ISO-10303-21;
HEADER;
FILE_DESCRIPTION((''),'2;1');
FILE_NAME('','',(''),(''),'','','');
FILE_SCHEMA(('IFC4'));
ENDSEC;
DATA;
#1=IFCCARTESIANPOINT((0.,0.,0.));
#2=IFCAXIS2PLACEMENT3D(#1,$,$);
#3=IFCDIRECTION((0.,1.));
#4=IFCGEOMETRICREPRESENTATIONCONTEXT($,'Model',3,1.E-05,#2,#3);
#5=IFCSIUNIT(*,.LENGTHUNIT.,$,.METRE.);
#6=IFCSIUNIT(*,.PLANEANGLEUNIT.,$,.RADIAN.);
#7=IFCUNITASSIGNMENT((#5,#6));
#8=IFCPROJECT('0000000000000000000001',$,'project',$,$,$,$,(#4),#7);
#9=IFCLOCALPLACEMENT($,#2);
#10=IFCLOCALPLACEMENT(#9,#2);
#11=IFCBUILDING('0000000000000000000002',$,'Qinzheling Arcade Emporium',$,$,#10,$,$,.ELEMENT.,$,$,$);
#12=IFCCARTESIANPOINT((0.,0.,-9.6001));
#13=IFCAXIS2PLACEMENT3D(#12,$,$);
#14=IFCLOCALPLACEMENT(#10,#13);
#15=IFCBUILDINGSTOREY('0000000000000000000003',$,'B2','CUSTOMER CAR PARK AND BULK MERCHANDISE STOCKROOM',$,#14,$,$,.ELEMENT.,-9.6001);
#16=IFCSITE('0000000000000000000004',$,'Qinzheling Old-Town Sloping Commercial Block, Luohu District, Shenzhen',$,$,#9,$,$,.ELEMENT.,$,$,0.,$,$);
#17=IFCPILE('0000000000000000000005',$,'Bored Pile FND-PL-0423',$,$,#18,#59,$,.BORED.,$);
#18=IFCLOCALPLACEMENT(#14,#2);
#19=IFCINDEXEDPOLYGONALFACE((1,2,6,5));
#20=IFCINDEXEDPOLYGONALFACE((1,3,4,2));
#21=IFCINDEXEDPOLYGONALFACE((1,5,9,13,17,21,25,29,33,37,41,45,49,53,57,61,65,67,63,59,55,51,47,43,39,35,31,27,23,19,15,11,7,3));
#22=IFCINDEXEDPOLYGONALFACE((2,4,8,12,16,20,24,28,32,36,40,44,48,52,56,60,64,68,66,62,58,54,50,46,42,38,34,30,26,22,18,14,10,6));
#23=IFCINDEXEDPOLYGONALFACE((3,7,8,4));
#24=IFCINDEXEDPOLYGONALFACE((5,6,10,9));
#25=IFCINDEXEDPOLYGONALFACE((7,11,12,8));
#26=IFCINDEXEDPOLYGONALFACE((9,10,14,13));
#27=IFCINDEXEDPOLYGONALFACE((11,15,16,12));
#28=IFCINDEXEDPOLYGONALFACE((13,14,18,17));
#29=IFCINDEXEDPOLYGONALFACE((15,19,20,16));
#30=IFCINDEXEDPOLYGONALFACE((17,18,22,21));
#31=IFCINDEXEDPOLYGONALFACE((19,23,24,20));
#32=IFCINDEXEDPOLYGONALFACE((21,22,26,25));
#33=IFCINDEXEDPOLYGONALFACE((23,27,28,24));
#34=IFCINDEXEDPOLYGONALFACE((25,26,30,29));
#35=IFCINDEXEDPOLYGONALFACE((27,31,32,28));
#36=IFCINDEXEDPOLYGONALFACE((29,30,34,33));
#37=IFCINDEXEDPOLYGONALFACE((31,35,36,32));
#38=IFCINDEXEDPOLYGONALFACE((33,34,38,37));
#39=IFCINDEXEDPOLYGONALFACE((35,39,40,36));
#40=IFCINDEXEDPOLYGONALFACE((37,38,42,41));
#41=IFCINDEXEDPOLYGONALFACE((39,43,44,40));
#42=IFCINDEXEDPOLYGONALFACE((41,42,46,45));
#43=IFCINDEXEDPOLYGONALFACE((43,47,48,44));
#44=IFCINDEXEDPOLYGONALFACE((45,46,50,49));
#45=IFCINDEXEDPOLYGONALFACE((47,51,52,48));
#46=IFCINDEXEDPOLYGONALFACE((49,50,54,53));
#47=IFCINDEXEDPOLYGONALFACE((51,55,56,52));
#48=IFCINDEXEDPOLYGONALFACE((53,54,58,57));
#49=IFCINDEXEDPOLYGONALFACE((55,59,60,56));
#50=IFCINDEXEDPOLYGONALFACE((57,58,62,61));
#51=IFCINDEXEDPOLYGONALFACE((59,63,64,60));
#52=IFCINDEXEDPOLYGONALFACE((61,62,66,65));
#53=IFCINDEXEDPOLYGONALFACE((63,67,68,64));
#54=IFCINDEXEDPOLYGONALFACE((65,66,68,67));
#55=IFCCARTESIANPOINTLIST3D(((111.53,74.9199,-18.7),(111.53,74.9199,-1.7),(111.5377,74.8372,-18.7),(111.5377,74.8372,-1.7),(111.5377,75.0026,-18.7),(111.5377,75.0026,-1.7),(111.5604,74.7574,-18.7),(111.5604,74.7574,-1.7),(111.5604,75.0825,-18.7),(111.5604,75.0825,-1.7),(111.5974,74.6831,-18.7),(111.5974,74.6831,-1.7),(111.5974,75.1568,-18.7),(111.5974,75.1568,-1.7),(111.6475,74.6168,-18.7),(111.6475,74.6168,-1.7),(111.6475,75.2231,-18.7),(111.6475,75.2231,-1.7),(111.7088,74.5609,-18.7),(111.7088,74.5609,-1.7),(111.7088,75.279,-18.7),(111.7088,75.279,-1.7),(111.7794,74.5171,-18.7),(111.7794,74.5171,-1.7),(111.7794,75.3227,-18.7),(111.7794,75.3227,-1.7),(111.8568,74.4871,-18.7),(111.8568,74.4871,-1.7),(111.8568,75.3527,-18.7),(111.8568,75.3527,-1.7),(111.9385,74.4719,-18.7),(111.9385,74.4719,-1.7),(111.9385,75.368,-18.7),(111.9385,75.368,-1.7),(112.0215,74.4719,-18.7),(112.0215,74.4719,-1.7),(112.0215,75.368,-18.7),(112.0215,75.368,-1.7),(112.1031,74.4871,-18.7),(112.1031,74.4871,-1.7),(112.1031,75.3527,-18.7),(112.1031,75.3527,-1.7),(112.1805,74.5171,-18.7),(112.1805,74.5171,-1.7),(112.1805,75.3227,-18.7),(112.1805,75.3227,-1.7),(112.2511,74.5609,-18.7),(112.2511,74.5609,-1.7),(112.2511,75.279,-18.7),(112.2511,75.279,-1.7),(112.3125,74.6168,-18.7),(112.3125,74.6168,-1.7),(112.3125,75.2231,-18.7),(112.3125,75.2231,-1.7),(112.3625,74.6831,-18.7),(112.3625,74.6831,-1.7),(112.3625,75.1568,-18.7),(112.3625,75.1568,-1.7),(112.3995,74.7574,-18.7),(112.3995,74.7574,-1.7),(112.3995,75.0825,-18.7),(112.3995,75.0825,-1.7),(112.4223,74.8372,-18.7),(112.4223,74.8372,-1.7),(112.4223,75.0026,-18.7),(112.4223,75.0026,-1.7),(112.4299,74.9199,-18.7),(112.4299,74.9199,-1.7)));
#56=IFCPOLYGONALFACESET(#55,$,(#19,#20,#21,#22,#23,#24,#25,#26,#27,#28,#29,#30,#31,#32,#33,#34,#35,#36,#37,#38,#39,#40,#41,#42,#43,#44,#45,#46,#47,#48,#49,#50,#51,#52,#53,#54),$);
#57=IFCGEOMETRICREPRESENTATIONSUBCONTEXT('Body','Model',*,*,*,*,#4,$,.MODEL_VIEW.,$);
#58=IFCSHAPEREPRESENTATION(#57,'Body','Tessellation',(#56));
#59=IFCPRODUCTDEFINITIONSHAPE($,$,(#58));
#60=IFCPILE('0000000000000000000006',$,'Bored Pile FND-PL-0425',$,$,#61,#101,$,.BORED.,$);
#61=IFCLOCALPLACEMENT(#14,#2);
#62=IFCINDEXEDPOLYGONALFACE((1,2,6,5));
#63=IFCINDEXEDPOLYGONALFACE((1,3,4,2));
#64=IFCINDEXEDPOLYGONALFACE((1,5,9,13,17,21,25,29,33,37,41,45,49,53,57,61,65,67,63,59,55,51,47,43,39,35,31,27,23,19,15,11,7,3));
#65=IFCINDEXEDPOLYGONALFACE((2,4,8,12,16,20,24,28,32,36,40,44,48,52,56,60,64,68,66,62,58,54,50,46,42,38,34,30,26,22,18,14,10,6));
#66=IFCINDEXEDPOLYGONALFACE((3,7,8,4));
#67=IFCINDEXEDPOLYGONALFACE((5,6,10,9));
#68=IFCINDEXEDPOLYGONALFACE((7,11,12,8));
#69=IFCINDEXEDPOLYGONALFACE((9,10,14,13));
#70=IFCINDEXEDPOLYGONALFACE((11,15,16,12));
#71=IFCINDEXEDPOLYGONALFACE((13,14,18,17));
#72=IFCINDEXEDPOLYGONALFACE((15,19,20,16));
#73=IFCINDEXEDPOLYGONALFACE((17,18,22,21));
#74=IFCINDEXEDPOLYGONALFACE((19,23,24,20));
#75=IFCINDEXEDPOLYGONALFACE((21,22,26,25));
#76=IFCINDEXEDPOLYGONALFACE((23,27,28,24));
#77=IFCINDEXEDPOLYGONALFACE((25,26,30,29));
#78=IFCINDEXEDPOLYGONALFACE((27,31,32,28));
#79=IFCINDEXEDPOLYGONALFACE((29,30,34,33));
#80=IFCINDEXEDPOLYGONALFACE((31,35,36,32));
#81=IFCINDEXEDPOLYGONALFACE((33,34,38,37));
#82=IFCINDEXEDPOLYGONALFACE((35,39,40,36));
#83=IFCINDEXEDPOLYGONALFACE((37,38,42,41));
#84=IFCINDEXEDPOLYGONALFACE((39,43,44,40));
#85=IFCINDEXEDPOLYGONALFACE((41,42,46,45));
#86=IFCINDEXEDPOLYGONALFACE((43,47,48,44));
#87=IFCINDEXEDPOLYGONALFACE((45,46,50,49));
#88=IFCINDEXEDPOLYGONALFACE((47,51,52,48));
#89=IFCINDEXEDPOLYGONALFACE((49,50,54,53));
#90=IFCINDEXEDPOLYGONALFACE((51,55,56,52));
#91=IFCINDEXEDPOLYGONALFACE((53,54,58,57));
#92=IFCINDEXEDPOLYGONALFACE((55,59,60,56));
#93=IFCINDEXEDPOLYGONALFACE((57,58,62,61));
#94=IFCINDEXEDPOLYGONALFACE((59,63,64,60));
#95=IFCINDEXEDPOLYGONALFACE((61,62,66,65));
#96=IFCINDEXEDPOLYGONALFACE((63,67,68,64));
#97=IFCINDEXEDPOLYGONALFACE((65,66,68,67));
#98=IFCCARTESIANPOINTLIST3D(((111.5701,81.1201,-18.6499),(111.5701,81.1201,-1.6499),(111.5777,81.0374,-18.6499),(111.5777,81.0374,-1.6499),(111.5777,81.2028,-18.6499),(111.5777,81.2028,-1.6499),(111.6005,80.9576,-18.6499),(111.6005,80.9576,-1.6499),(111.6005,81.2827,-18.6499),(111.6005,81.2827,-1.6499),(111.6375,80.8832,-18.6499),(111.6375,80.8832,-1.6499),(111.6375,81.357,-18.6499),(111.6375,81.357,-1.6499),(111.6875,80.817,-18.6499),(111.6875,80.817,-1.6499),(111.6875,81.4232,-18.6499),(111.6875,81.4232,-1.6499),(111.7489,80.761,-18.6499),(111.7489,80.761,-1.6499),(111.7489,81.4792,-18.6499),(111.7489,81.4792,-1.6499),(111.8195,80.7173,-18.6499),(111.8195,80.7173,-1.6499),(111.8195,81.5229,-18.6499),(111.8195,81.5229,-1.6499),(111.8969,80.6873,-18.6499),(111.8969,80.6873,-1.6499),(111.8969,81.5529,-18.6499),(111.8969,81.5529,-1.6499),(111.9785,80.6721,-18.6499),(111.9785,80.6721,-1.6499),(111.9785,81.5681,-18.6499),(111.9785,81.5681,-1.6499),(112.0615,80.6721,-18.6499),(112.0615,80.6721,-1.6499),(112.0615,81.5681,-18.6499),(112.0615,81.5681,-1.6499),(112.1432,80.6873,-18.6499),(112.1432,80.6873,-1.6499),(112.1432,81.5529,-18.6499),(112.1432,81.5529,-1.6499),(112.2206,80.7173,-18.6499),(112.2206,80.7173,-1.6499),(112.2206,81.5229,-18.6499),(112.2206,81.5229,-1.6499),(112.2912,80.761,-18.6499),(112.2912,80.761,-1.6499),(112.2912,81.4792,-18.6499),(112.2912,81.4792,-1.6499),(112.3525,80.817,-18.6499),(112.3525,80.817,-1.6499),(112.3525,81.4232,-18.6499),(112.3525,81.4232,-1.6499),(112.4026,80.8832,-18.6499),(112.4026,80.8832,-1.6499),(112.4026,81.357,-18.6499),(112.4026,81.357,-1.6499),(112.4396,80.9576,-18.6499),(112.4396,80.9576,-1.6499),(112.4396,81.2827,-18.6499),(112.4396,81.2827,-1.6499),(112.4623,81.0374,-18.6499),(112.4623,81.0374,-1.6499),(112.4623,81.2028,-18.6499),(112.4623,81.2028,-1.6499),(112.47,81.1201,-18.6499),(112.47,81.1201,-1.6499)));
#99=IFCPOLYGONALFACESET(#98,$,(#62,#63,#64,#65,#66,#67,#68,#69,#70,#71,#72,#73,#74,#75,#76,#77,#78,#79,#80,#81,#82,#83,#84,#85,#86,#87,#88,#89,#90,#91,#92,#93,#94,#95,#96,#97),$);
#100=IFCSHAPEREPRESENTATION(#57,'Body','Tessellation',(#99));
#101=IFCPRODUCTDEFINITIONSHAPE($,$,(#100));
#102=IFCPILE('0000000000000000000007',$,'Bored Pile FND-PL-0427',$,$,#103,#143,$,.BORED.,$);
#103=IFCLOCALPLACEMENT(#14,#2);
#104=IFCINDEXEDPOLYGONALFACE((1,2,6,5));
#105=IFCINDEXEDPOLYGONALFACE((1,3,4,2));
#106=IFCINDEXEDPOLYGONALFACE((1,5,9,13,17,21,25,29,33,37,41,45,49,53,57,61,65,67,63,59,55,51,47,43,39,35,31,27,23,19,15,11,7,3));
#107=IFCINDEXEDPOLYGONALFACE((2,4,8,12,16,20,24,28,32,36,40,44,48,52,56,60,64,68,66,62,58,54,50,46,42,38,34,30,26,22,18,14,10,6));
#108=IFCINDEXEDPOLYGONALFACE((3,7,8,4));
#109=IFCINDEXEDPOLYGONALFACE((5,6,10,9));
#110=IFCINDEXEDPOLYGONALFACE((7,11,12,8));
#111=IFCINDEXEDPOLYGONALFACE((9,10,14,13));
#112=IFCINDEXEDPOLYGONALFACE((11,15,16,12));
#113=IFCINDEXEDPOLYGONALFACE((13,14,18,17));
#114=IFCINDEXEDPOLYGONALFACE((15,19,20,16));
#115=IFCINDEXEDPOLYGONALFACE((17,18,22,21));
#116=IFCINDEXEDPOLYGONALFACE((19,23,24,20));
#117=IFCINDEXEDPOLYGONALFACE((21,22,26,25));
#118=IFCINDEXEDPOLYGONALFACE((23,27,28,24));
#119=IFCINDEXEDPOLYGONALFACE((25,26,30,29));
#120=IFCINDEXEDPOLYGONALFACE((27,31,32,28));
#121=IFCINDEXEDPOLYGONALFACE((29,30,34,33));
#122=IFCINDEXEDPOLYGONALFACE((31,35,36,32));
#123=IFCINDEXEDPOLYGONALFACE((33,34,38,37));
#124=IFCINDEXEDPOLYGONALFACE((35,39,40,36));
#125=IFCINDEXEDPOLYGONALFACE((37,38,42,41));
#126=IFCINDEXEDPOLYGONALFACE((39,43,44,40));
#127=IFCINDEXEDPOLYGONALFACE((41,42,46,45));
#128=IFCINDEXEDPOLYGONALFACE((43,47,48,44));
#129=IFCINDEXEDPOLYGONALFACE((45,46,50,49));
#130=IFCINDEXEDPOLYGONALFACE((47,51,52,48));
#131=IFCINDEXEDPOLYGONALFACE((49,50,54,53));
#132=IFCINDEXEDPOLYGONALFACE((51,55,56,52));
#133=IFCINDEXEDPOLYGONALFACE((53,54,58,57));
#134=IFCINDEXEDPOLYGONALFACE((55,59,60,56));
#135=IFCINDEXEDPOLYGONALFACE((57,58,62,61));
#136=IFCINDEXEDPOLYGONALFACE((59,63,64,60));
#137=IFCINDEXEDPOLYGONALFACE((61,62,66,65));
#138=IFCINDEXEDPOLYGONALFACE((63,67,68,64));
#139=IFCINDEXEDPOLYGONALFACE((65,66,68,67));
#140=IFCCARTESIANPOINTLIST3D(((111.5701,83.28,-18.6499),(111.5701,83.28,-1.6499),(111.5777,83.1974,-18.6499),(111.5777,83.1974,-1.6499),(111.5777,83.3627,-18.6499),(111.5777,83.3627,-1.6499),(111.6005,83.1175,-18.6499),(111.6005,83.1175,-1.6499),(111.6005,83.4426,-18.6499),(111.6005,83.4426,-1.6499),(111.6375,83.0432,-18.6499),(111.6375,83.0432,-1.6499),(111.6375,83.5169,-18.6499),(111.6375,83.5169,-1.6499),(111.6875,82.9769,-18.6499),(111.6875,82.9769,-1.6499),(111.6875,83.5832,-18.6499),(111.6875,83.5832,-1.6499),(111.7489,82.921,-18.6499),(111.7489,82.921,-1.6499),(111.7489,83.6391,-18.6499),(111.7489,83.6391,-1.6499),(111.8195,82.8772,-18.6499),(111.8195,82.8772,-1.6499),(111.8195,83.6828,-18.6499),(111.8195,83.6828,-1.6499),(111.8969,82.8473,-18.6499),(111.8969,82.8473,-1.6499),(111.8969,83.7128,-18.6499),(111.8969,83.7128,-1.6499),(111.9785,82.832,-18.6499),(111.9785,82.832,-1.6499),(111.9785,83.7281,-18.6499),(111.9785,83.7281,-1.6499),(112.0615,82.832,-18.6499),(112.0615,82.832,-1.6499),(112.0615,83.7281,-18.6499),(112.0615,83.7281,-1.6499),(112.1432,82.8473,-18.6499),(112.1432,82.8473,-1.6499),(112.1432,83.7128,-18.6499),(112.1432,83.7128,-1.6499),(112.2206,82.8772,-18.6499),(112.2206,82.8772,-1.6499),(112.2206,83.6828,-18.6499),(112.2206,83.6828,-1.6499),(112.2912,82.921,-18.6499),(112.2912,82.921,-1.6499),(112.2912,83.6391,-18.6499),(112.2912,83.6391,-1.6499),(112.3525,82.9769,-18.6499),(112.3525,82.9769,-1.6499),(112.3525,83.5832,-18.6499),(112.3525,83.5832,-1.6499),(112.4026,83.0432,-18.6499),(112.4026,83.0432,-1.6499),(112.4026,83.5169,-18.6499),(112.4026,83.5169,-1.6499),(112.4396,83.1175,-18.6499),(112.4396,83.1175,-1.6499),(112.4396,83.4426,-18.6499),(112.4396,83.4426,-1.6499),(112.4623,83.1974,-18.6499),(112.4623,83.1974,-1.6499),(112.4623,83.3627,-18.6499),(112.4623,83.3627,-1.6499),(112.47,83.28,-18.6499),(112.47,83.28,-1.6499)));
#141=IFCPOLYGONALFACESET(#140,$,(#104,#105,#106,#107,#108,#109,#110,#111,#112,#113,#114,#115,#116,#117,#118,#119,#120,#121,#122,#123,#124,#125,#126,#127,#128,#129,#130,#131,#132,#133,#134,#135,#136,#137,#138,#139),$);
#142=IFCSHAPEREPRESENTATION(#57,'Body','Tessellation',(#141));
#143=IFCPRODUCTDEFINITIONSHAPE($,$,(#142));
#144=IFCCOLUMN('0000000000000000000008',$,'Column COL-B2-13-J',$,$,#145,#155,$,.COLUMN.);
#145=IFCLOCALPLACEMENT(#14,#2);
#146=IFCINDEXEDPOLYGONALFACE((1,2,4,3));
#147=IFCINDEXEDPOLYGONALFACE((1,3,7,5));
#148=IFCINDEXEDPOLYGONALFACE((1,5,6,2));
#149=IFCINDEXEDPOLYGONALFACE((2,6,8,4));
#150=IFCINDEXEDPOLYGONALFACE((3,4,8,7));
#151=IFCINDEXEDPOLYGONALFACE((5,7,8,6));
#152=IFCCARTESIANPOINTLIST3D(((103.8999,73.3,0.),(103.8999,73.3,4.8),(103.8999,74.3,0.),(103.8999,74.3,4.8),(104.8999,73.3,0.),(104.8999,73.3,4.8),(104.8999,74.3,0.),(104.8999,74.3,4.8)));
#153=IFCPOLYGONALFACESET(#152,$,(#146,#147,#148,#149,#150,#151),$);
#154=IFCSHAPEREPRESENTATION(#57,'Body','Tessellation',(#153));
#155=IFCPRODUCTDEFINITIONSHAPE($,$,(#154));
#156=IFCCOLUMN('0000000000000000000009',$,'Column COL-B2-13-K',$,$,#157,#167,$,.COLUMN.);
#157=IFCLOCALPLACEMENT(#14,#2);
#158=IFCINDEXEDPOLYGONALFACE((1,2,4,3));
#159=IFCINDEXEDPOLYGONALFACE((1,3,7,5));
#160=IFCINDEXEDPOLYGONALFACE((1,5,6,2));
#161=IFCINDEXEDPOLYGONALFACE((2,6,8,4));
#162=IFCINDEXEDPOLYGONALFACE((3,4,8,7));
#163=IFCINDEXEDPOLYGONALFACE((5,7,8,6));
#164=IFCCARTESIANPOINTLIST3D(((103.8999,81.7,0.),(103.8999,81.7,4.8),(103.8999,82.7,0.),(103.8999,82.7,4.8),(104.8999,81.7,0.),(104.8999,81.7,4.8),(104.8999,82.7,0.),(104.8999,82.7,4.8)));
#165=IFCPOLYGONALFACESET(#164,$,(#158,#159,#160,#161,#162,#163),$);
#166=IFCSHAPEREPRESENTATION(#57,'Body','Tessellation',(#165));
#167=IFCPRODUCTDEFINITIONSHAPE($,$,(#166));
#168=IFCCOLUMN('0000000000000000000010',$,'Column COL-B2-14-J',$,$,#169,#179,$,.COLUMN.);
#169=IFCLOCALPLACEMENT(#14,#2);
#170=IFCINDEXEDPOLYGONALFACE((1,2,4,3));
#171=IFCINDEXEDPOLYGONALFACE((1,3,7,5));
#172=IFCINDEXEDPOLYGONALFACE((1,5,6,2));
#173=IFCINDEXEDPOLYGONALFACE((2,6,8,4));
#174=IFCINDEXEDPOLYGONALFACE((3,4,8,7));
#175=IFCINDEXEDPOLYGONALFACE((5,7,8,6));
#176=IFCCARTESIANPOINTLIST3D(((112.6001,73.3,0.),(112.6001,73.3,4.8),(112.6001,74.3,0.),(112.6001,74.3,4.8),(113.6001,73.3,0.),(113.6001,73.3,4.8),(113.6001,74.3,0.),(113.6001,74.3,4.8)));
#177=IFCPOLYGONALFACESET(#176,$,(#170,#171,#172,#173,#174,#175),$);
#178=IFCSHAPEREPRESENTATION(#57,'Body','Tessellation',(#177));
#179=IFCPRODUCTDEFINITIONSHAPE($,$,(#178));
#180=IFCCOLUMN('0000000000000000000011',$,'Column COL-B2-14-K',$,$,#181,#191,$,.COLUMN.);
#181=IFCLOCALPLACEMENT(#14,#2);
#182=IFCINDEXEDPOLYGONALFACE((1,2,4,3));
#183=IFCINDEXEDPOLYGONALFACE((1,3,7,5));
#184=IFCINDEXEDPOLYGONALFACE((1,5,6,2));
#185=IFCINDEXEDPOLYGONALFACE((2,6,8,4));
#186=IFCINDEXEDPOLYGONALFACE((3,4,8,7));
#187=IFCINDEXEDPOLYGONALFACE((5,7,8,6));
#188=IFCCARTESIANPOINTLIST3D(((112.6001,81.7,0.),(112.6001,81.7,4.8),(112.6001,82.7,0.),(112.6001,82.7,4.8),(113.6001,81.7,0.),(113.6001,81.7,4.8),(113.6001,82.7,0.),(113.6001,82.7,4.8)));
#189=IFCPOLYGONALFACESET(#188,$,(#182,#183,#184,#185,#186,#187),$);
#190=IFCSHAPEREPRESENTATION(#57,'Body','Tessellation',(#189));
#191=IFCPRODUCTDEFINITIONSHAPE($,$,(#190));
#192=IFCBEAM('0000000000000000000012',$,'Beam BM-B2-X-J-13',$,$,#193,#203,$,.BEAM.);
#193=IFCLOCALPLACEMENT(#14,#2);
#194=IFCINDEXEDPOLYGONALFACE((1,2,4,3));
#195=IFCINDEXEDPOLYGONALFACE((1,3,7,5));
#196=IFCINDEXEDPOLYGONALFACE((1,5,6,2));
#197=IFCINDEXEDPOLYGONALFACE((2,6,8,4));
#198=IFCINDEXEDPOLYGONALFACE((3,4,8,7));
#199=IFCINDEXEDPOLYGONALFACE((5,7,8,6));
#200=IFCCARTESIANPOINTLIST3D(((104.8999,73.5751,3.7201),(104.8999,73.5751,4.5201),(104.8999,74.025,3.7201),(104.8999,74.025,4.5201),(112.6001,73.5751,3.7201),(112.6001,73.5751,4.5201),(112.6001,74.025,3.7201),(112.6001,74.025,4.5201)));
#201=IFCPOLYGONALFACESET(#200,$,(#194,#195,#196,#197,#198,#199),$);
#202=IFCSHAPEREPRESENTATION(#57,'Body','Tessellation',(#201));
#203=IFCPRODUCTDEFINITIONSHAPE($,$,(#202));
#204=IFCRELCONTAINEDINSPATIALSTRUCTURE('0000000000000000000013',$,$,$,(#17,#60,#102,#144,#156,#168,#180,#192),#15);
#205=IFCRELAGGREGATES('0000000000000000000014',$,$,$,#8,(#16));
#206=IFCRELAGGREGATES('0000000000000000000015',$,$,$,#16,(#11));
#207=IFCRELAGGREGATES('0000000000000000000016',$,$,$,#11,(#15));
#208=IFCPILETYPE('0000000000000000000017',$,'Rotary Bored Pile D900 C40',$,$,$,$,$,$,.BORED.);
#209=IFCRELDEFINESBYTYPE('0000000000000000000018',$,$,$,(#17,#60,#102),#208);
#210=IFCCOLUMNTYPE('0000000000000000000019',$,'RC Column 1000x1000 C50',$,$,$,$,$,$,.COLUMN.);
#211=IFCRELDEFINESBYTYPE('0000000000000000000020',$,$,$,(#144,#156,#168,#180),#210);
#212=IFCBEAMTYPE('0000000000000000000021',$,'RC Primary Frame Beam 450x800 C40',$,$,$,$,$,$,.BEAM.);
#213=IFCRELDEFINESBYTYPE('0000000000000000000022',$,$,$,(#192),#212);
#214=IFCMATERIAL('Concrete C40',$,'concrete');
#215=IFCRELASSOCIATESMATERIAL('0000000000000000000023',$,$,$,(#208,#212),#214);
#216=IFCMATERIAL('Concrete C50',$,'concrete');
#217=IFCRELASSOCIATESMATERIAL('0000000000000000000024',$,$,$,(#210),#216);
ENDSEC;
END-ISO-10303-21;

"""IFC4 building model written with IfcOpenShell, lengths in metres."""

from ifc_helpers import new_model, si_unit, direction, frame, origin, origin_2d, place, context, subcontext, project, spatial, rectangle, circle, extrude, material, material_profile, profile_set, type_object, element, save


model = new_model("IFC4")

# Units and contexts
model_context = context("Model", 3, precision=1e-05, world=origin(), true_north=direction((0.0, 1.0)))
body_context = subcontext(model_context, "Body", "Model", "MODEL_VIEW")
ifc_project = project(units=[si_unit("LENGTHUNIT", "METRE"), si_unit("PLANEANGLEUNIT", "RADIAN")], contexts=[model_context])

# Site, building, storey
site_placement = place(None, origin())
site = spatial("IfcSite", under=ifc_project, at=site_placement, Name="Qinzheling Old-Town Sloping Commercial Block, Luohu District, Shenzhen", CompositionType="ELEMENT", RefElevation=0.0)
building_placement = place(site_placement, origin())
building = spatial("IfcBuilding", under=site, at=building_placement, Name="Qinzheling Arcade Emporium", CompositionType="ELEMENT")
storey_placement = place(building_placement, frame((0.0, 0.0, -9.6001)))
storey = spatial("IfcBuildingStorey", under=building, at=storey_placement, Name="B2", Description="CUSTOMER CAR PARK AND BULK MERCHANDISE STOCKROOM", CompositionType="ELEMENT", Elevation=-9.6001)

# Shared definitions
ifc_material_1 = material(Name="Concrete C40", Category="concrete")

# Piles
ifc_material_profile_1 = material_profile(ifc_material_1, circle(Radius=0.45, at=origin_2d()), Name="BORED D900", Category="concrete")
ifc_profile_set_1 = profile_set([ifc_material_profile_1], Name="Concrete C40")
pile_type_1 = type_object("IfcPileType", Name="Rotary Bored Pile D900 C40", PredefinedType="BORED", material=ifc_profile_set_1)
for number, where, z_axis, x_axis, name in (
    (1, (111.98, 74.9199, -1.7), (0.0, 0.0, -1.0), (1.0, 0.0, 0.0), "Bored Pile FND-PL-0423"),
    (2, (112.02, 81.1201, -1.6499), (0.0, 0.0, -1.0), (1.0, 0.0, 0.0), "Bored Pile FND-PL-0425"),
    (3, (112.02, 83.28, -1.6499), (0.0, 0.0, -1.0), (1.0, 0.0, 0.0), "Bored Pile FND-PL-0427"),
):
    element("IfcPile", number, at=place(storey_placement, frame(where, z_axis=z_axis, x_axis=x_axis)), inside=storey, type_object=pile_type_1, Name=name, PredefinedType="BORED", context=body_context, shape_type="SweptSolid", body=[
        extrude(circle(Radius=0.45, at=origin_2d()), origin(), (0.0, 0.0, 1.0), 17.0),
    ])

# Columns
ifc_material_2 = material(Name="Concrete C50", Category="concrete")
ifc_material_profile_2 = material_profile(ifc_material_2, rectangle(XDim=1.0, YDim=1.0, at=origin_2d()), Name="RC 1000x1000", Category="concrete")
ifc_profile_set_2 = profile_set([ifc_material_profile_2], Name="Concrete C50")
column_type = type_object("IfcColumnType", Name="RC Column 1000x1000 C50", PredefinedType="COLUMN", material=ifc_profile_set_2)
for number, where, z_axis, x_axis, name in (
    (4, (104.3999, 73.8, 0.0), (0.0, 0.0, 1.0), (1.0, 0.0, 0.0), "Column COL-B2-13-J"),
    (5, (104.3999, 82.2, 0.0), (0.0, 0.0, 1.0), (1.0, 0.0, 0.0), "Column COL-B2-13-K"),
    (6, (113.1001, 73.8, 0.0), (0.0, 0.0, 1.0), (1.0, 0.0, 0.0), "Column COL-B2-14-J"),
    (7, (113.1001, 82.2, 0.0), (0.0, 0.0, 1.0), (1.0, 0.0, 0.0), "Column COL-B2-14-K"),
):
    element("IfcColumn", number, at=place(storey_placement, frame(where, z_axis=z_axis, x_axis=x_axis)), inside=storey, type_object=column_type, Name=name, PredefinedType="COLUMN", context=body_context, shape_type="SweptSolid", body=[
        extrude(rectangle(XDim=1.0, YDim=1.0, at=origin_2d()), origin(), (0.0, 0.0, 1.0), 4.8),
    ])

# Beam
ifc_material_profile_3 = material_profile(ifc_material_1, rectangle(XDim=0.45, YDim=0.8, at=origin_2d()), Name="RC 450x800", Category="concrete")
ifc_profile_set_3 = profile_set([ifc_material_profile_3], Name="Concrete C40")
beam_type = type_object("IfcBeamType", Name="RC Primary Frame Beam 450x800 C40", PredefinedType="BEAM", material=ifc_profile_set_3)
beam_1_placement = place(storey_placement, frame((104.8999, 73.8, 4.1201), z_axis=(1.0, 0.0, 0.0), x_axis=(0.0, 1.0, 0.0)))
element("IfcBeam", 8, at=beam_1_placement, inside=storey, type_object=beam_type, Name="Beam BM-B2-X-J-13", PredefinedType="BEAM", context=body_context, shape_type="SweptSolid", body=[
    extrude(rectangle(XDim=0.45, YDim=0.8, at=origin_2d()), origin(), (0.0, 0.0, 1.0), 7.7002),
])

save(model, "model.ifc")
